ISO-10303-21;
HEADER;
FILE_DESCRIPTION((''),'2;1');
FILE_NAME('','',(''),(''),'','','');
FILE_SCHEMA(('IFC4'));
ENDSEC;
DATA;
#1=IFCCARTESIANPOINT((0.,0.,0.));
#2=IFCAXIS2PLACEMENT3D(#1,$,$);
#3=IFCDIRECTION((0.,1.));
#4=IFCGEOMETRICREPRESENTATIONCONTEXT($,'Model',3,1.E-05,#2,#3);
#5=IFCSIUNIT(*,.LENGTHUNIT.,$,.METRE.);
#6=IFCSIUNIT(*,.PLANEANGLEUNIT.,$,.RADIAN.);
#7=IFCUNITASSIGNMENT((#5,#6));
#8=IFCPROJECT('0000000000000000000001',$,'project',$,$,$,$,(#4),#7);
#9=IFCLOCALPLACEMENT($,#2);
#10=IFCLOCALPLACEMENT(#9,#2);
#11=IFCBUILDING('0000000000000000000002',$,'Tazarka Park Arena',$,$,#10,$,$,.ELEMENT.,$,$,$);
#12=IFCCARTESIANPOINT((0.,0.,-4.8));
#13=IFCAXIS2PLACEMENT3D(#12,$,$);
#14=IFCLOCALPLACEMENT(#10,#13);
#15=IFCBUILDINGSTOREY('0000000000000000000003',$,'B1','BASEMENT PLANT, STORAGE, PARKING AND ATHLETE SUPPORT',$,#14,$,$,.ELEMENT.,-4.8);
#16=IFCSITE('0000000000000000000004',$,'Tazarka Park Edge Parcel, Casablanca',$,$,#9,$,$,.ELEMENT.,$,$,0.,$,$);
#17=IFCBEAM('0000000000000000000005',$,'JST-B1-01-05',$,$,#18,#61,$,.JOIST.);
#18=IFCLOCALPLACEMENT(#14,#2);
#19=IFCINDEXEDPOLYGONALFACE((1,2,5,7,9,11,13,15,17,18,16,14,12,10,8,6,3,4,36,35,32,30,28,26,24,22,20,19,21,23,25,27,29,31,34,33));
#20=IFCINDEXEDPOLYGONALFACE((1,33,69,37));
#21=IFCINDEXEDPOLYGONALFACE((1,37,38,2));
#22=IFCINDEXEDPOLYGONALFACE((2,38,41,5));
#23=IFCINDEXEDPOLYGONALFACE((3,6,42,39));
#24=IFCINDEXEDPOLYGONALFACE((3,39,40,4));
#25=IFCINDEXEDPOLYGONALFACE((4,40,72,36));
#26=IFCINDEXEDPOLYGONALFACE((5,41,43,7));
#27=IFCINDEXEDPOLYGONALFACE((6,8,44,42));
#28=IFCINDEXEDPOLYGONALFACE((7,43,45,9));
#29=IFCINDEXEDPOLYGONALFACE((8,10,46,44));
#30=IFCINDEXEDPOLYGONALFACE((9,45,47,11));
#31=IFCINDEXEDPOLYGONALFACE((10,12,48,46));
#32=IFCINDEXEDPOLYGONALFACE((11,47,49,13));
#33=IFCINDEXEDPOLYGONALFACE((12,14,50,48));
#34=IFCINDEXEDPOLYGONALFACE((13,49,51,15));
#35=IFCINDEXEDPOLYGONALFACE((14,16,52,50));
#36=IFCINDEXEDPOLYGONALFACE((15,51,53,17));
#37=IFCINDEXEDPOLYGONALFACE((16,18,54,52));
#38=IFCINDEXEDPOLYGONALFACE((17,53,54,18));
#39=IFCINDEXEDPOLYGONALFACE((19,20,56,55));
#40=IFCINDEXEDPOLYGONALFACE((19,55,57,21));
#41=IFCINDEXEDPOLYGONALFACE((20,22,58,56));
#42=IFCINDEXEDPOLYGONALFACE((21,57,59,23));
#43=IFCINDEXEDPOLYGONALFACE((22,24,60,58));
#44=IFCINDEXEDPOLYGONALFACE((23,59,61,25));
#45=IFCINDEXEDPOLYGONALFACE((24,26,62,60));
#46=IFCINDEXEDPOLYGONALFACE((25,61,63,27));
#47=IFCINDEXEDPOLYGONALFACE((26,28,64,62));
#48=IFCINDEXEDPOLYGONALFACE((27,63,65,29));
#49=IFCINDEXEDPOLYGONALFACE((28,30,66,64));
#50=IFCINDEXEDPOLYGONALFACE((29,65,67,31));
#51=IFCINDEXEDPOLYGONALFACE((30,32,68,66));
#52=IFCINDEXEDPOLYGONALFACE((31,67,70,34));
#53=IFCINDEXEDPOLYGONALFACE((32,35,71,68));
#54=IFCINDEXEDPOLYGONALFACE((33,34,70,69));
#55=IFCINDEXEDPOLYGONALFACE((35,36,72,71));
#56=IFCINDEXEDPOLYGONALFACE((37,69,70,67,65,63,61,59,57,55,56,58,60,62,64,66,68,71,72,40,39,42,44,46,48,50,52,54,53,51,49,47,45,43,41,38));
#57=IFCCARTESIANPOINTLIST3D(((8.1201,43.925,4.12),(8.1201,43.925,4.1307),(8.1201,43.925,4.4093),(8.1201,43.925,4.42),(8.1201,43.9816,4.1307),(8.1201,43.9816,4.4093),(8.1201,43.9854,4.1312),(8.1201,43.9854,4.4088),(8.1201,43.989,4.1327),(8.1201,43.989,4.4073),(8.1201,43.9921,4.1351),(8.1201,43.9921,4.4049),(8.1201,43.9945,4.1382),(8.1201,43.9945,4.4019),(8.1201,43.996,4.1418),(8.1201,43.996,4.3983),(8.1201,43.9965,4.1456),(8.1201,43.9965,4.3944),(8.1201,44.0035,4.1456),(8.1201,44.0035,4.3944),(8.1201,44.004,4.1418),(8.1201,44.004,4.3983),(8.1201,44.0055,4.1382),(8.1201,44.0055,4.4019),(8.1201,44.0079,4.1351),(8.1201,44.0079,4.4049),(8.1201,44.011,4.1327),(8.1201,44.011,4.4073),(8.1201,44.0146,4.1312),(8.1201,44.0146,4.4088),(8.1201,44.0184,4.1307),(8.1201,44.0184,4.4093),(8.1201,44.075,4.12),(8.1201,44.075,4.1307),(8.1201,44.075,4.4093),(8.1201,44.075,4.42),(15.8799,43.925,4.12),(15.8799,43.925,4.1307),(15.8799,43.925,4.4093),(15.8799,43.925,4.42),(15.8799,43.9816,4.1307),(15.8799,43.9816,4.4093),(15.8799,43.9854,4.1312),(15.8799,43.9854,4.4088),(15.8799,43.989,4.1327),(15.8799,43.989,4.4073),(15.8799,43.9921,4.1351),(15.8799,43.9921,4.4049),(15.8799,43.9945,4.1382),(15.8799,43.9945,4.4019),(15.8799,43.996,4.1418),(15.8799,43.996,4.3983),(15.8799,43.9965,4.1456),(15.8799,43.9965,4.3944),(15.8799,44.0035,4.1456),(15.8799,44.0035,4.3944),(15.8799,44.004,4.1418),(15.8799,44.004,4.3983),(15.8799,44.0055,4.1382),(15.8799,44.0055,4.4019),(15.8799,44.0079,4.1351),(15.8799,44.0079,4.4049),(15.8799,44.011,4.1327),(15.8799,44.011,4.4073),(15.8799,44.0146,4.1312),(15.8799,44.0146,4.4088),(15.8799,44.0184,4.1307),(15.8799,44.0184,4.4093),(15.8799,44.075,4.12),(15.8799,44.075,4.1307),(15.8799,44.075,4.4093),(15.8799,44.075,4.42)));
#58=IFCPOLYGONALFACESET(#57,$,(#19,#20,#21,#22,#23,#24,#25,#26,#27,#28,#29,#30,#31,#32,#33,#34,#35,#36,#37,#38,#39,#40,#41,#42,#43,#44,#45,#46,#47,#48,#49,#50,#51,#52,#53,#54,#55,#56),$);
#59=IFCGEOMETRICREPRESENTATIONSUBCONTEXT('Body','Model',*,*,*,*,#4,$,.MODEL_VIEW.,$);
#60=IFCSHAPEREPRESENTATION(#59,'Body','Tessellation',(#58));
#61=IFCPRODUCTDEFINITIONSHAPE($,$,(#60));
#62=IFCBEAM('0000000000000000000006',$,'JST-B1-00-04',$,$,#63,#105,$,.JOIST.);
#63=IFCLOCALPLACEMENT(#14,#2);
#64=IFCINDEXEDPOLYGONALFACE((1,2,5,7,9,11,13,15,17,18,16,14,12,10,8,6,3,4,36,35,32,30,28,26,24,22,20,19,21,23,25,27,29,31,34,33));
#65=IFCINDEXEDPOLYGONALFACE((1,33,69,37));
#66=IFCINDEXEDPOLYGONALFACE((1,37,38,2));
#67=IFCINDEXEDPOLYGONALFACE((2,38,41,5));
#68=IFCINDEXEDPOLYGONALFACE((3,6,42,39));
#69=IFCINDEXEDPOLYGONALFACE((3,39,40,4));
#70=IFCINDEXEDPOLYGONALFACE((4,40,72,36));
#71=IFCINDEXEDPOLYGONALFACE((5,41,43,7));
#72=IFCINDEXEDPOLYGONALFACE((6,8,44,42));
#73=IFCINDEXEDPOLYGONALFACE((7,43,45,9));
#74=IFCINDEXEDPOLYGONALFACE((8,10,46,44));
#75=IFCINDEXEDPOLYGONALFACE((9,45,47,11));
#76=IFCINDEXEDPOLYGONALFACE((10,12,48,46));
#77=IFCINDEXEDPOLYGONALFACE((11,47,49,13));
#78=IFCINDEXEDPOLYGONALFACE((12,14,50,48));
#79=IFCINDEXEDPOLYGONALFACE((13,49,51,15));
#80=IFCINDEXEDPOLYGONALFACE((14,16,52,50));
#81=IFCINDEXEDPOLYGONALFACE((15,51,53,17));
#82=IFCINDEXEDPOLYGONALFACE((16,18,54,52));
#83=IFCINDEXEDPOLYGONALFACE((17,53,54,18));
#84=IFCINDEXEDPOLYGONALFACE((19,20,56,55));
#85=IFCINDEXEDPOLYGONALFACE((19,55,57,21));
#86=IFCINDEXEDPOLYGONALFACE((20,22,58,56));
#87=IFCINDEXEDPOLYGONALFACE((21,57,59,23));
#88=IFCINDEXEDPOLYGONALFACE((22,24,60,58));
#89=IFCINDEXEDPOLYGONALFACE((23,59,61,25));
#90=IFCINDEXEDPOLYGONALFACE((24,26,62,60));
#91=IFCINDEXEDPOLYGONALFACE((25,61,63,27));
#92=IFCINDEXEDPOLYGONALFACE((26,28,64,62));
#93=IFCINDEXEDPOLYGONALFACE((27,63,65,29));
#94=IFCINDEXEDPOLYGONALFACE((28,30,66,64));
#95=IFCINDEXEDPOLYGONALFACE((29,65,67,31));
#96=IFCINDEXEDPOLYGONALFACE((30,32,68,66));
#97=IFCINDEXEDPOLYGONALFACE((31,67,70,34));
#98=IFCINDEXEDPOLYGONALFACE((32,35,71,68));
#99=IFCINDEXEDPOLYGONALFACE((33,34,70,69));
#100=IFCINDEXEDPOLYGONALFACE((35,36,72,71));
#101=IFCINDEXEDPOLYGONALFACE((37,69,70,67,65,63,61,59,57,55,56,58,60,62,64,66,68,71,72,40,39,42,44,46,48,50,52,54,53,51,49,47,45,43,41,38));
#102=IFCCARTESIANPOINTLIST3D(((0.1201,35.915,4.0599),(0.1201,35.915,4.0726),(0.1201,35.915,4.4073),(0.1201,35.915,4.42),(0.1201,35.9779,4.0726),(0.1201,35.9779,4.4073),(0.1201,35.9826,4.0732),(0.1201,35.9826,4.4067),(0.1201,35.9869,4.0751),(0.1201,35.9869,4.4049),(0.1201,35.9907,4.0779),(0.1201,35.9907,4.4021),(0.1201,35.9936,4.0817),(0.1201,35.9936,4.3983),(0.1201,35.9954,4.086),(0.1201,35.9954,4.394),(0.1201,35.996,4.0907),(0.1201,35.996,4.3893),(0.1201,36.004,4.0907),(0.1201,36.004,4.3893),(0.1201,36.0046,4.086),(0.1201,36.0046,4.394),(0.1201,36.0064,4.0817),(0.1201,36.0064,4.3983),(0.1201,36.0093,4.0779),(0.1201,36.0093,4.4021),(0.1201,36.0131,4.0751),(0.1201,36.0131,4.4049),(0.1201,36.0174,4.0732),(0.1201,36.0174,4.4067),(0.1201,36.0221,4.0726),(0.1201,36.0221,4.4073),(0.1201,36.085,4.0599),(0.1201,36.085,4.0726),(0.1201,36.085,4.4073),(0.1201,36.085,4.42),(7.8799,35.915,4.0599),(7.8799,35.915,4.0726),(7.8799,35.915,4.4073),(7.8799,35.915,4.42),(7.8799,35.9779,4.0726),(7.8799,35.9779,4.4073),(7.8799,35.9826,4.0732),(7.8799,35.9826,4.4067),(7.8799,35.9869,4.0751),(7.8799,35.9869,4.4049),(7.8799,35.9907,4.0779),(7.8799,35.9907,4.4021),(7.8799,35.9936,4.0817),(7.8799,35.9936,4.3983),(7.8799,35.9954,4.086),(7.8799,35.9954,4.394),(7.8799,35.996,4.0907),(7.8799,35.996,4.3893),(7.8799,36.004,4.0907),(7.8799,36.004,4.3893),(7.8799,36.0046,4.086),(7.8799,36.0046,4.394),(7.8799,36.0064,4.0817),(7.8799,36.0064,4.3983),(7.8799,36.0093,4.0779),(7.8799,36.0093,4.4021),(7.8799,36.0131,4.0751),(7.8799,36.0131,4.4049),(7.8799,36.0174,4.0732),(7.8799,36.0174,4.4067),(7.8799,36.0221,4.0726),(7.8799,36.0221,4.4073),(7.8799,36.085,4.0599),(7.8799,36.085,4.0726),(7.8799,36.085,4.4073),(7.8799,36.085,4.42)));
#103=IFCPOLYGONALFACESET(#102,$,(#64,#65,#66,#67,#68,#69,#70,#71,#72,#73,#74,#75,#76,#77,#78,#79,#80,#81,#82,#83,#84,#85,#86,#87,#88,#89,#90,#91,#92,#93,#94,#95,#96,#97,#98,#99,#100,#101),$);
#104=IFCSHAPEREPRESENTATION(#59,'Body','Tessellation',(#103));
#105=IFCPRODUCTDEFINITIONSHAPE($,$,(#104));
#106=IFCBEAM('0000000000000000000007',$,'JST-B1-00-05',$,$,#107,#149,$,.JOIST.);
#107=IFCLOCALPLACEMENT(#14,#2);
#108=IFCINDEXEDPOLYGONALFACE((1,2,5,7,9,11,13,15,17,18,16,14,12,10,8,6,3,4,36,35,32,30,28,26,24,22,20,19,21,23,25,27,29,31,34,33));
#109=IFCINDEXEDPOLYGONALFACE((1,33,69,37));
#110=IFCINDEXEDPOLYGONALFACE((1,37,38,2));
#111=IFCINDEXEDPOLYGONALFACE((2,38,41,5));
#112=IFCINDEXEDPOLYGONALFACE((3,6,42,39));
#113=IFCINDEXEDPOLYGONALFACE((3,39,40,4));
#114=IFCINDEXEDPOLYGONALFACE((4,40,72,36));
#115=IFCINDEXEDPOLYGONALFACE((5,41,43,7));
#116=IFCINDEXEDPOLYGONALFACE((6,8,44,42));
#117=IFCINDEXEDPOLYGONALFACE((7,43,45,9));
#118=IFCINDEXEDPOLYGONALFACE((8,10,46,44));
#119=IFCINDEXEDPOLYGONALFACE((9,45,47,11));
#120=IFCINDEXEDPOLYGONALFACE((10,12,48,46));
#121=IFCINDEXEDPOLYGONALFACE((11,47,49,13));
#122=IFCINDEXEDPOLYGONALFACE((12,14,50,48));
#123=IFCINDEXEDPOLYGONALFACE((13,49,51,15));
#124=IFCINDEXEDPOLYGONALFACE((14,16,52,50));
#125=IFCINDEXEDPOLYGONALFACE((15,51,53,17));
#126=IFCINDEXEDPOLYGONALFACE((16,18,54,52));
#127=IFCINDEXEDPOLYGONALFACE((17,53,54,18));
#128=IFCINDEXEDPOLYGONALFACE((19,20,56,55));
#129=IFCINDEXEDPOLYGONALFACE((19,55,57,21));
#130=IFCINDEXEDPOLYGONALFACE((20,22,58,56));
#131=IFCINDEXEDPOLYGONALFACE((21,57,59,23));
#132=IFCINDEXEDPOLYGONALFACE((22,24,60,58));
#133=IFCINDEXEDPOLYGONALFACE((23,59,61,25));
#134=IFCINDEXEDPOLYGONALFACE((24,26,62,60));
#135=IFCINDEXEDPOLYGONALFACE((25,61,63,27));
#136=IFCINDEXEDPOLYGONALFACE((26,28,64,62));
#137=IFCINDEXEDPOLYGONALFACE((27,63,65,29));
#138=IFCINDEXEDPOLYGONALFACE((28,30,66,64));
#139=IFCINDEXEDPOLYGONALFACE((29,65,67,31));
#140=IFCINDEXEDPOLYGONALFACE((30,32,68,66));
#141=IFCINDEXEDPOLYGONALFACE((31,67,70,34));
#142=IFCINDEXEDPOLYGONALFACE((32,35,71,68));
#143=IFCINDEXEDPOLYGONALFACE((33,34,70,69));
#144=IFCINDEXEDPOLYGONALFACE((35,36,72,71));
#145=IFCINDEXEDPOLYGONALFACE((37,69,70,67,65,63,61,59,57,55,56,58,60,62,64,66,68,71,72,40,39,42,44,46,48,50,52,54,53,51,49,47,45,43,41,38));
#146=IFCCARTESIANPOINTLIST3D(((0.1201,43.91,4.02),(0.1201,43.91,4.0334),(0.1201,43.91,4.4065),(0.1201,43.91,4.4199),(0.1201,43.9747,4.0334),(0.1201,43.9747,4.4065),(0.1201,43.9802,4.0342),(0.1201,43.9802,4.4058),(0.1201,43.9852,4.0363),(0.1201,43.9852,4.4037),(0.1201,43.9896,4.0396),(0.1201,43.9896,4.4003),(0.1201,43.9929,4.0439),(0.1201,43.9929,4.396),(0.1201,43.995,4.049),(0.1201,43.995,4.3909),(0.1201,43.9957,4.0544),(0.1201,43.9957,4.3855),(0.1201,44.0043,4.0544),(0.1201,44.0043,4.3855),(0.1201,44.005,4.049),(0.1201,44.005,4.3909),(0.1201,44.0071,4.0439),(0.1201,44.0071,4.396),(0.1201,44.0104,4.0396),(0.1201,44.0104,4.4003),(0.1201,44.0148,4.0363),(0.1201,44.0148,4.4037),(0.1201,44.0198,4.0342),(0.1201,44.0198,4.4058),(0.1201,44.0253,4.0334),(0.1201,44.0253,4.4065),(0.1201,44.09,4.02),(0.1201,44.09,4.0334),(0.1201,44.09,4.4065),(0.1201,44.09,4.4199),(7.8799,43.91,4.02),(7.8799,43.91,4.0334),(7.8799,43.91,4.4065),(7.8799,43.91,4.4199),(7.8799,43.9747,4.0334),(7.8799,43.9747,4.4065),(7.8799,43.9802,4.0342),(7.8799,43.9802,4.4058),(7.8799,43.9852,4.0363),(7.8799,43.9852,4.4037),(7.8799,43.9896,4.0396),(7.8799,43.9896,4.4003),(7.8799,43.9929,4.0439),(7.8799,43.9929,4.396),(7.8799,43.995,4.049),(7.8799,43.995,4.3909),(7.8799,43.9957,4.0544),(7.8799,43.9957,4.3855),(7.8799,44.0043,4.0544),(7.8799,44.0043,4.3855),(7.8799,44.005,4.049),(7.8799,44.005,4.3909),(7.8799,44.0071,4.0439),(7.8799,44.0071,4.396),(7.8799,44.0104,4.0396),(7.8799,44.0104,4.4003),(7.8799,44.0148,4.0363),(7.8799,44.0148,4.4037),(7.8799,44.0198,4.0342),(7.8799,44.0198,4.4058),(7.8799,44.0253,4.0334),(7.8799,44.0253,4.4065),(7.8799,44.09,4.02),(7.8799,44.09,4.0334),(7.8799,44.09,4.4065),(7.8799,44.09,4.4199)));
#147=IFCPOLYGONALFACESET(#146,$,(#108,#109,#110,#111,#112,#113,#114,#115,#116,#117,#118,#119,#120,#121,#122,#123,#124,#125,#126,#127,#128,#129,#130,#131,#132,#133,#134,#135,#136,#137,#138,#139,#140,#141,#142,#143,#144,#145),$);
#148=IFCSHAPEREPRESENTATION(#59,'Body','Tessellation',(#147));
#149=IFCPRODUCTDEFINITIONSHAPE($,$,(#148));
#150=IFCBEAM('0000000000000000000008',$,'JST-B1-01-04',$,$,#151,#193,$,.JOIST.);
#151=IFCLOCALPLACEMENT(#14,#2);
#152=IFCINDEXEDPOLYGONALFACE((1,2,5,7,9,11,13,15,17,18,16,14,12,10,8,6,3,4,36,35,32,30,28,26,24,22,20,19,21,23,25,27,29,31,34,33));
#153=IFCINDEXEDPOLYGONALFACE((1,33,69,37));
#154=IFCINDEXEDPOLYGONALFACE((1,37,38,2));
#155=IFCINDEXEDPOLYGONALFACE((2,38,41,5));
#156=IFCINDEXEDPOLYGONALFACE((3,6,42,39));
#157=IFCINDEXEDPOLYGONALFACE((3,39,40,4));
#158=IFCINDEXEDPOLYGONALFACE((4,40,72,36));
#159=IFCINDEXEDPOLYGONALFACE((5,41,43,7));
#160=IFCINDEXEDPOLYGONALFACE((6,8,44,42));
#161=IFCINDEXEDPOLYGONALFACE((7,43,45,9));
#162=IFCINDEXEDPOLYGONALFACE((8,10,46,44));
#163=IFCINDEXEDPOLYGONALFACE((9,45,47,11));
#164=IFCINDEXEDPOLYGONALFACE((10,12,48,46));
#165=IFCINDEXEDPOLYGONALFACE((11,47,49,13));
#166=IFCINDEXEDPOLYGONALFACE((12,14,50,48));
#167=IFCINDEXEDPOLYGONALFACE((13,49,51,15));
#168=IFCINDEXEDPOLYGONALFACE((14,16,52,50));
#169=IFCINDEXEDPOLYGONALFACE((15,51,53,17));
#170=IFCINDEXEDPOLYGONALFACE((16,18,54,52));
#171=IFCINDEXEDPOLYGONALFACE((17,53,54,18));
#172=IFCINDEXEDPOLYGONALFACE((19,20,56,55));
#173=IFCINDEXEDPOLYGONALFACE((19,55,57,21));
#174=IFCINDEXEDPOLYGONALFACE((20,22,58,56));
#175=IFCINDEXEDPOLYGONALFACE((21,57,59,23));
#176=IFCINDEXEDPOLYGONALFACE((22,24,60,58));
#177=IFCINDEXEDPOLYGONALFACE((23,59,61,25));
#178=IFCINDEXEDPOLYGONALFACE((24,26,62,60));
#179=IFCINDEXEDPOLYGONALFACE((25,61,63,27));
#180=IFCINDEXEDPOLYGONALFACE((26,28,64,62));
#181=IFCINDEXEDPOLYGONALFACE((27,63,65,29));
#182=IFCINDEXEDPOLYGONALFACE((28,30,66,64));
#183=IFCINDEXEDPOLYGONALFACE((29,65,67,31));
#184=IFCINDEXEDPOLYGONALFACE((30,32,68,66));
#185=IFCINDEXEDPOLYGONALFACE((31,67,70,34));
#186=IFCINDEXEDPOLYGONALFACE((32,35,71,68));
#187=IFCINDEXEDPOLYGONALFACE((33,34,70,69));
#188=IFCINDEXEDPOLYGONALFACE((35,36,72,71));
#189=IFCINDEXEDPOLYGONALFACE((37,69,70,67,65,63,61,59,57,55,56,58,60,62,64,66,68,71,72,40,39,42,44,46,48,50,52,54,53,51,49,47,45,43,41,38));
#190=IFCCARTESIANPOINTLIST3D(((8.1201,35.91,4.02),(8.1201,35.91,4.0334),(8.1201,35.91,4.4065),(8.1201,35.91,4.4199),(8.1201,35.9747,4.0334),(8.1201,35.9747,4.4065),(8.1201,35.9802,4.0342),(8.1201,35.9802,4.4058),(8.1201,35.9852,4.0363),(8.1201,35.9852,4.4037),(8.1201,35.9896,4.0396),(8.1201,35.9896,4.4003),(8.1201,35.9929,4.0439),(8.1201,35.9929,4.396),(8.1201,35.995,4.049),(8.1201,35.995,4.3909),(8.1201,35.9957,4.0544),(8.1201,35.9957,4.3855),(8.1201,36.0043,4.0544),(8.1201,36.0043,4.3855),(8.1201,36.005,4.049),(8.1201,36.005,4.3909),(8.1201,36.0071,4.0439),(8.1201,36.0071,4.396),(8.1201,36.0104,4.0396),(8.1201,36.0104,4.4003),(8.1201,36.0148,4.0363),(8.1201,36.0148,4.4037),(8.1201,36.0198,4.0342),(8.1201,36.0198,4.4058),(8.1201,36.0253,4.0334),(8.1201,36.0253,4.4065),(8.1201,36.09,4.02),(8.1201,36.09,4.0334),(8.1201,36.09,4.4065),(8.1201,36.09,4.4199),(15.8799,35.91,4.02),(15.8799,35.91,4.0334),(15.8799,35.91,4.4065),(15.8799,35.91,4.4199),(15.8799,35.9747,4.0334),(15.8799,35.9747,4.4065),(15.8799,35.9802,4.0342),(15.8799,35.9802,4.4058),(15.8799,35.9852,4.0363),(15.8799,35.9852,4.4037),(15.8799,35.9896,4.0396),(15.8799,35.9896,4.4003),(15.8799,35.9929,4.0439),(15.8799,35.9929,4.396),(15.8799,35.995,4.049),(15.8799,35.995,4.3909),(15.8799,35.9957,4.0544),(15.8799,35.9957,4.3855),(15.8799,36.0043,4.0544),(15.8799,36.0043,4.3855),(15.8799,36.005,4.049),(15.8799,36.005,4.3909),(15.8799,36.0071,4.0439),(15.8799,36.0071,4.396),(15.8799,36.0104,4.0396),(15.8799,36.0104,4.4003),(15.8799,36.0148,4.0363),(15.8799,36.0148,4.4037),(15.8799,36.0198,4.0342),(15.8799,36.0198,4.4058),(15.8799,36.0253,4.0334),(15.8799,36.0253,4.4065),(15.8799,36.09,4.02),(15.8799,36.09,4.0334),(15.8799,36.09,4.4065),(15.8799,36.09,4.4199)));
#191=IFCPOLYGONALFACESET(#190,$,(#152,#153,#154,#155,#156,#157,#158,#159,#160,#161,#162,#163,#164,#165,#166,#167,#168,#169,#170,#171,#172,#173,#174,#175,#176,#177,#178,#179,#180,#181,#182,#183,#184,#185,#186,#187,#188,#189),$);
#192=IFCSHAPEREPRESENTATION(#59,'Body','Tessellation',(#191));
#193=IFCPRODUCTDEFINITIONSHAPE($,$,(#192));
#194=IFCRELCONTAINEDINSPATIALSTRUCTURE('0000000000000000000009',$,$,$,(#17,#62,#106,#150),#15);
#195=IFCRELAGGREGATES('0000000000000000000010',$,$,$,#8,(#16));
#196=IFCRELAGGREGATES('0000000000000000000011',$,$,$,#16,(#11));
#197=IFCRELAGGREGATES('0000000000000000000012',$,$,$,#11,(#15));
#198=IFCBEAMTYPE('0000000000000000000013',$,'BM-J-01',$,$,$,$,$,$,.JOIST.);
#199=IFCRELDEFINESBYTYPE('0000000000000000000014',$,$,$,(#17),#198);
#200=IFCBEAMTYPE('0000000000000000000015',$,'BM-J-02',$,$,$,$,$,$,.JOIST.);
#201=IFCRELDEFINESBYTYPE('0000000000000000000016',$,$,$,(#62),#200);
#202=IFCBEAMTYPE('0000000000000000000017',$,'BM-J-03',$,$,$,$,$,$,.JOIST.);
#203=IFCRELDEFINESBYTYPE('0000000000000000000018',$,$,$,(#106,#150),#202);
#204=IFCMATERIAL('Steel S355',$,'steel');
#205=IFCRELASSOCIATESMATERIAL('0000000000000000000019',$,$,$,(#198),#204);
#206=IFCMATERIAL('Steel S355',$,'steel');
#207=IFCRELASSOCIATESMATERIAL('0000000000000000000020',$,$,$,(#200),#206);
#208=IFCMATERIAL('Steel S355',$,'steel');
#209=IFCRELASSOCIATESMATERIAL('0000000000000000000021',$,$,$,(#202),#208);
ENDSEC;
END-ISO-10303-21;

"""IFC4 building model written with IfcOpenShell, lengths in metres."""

from ifc_helpers import new_model, si_unit, direction, frame, origin, origin_2d, place, context, subcontext, project, spatial, i_section, extrude, material, material_profile, profile_set, type_object, element, save


model = new_model("IFC4")

# Units and contexts
model_context = context("Model", 3, precision=1e-05, world=origin(), true_north=direction((0.0, 1.0)))
body_context = subcontext(model_context, "Body", "Model", "MODEL_VIEW")
ifc_project = project(units=[si_unit("LENGTHUNIT", "METRE"), si_unit("PLANEANGLEUNIT", "RADIAN")], contexts=[model_context])

# Site, building, storey
site_placement = place(None, origin())
site = spatial("IfcSite", under=ifc_project, at=site_placement, Name="Tazarka Park Edge Parcel, Casablanca", CompositionType="ELEMENT", RefElevation=0.0)
building_placement = place(site_placement, origin())
building = spatial("IfcBuilding", under=site, at=building_placement, Name="Tazarka Park Arena", CompositionType="ELEMENT")
storey_placement = place(building_placement, frame((0.0, 0.0, -4.8)))
storey = spatial("IfcBuildingStorey", under=building, at=storey_placement, Name="B1", Description="BASEMENT PLANT, STORAGE, PARKING AND ATHLETE SUPPORT", CompositionType="ELEMENT", Elevation=-4.8)

# Beams
ifc_material_1 = material(Name="Steel S355", Category="steel")
ifc_material_profile_1 = material_profile(ifc_material_1, i_section(OverallWidth=0.1499, OverallDepth=0.3, WebThickness=0.0071, FlangeThickness=0.0107, FilletRadius=0.0149, at=origin_2d()), Name="Steel S355")
ifc_profile_set_1 = profile_set([ifc_material_profile_1], Name="Steel S355")
beam_type_1 = type_object("IfcBeamType", Name="BM-J-01", PredefinedType="JOIST", material=ifc_profile_set_1)
beam_1_placement = place(storey_placement, frame((8.1201, 44.0, 4.27), z_axis=(1.0, 0.0, 0.0), x_axis=(0.0, 1.0, 0.0)))
element("IfcBeam", 1, at=beam_1_placement, inside=storey, type_object=beam_type_1, Name="JST-B1-01-05", PredefinedType="JOIST", context=body_context, shape_type="SweptSolid", body=[
    extrude(i_section(OverallWidth=0.1499, OverallDepth=0.3, WebThickness=0.0071, FlangeThickness=0.0107, FilletRadius=0.0149, at=origin_2d()), origin(), (0.0, 0.0, 1.0), 7.7598),
])
ifc_material_2 = material(Name="Steel S355", Category="steel")
ifc_material_profile_2 = material_profile(ifc_material_2, i_section(OverallWidth=0.1699, OverallDepth=0.3601, WebThickness=0.0081, FlangeThickness=0.0127, FilletRadius=0.0181, at=origin_2d()), Name="Steel S355")
ifc_profile_set_2 = profile_set([ifc_material_profile_2], Name="Steel S355")
beam_type_2 = type_object("IfcBeamType", Name="BM-J-02", PredefinedType="JOIST", material=ifc_profile_set_2)
beam_2_placement = place(storey_placement, frame((0.1201, 36.0, 4.24), z_axis=(1.0, 0.0, 0.0), x_axis=(0.0, 1.0, 0.0)))
element("IfcBeam", 2, at=beam_2_placement, inside=storey, type_object=beam_type_2, Name="JST-B1-00-04", PredefinedType="JOIST", context=body_context, shape_type="SweptSolid", body=[
    extrude(i_section(OverallWidth=0.1699, OverallDepth=0.3601, WebThickness=0.0081, FlangeThickness=0.0127, FilletRadius=0.0181, at=origin_2d()), origin(), (0.0, 0.0, 1.0), 7.7598),
])
ifc_material_3 = material(Name="Steel S355", Category="steel")
ifc_material_profile_3 = material_profile(ifc_material_3, i_section(OverallWidth=0.1799, OverallDepth=0.3999, WebThickness=0.0085, FlangeThickness=0.0134, FilletRadius=0.021, at=origin_2d()), Name="Steel S355")
ifc_profile_set_3 = profile_set([ifc_material_profile_3], Name="Steel S355")
beam_type_3 = type_object("IfcBeamType", Name="BM-J-03", PredefinedType="JOIST", material=ifc_profile_set_3)
for number, where, z_axis, x_axis, name in (
    (3, (0.1201, 44.0, 4.22), (1.0, 0.0, 0.0), (0.0, 1.0, 0.0), "JST-B1-00-05"),
    (4, (8.1201, 36.0, 4.22), (1.0, 0.0, 0.0), (0.0, 1.0, 0.0), "JST-B1-01-04"),
):
    element("IfcBeam", number, at=place(storey_placement, frame(where, z_axis=z_axis, x_axis=x_axis)), inside=storey, type_object=beam_type_3, Name=name, PredefinedType="JOIST", context=body_context, shape_type="SweptSolid", body=[
        extrude(i_section(OverallWidth=0.1799, OverallDepth=0.3999, WebThickness=0.0085, FlangeThickness=0.0134, FilletRadius=0.021, at=origin_2d()), origin(), (0.0, 0.0, 1.0), 7.7598),
    ])

save(model, "model.ifc")
